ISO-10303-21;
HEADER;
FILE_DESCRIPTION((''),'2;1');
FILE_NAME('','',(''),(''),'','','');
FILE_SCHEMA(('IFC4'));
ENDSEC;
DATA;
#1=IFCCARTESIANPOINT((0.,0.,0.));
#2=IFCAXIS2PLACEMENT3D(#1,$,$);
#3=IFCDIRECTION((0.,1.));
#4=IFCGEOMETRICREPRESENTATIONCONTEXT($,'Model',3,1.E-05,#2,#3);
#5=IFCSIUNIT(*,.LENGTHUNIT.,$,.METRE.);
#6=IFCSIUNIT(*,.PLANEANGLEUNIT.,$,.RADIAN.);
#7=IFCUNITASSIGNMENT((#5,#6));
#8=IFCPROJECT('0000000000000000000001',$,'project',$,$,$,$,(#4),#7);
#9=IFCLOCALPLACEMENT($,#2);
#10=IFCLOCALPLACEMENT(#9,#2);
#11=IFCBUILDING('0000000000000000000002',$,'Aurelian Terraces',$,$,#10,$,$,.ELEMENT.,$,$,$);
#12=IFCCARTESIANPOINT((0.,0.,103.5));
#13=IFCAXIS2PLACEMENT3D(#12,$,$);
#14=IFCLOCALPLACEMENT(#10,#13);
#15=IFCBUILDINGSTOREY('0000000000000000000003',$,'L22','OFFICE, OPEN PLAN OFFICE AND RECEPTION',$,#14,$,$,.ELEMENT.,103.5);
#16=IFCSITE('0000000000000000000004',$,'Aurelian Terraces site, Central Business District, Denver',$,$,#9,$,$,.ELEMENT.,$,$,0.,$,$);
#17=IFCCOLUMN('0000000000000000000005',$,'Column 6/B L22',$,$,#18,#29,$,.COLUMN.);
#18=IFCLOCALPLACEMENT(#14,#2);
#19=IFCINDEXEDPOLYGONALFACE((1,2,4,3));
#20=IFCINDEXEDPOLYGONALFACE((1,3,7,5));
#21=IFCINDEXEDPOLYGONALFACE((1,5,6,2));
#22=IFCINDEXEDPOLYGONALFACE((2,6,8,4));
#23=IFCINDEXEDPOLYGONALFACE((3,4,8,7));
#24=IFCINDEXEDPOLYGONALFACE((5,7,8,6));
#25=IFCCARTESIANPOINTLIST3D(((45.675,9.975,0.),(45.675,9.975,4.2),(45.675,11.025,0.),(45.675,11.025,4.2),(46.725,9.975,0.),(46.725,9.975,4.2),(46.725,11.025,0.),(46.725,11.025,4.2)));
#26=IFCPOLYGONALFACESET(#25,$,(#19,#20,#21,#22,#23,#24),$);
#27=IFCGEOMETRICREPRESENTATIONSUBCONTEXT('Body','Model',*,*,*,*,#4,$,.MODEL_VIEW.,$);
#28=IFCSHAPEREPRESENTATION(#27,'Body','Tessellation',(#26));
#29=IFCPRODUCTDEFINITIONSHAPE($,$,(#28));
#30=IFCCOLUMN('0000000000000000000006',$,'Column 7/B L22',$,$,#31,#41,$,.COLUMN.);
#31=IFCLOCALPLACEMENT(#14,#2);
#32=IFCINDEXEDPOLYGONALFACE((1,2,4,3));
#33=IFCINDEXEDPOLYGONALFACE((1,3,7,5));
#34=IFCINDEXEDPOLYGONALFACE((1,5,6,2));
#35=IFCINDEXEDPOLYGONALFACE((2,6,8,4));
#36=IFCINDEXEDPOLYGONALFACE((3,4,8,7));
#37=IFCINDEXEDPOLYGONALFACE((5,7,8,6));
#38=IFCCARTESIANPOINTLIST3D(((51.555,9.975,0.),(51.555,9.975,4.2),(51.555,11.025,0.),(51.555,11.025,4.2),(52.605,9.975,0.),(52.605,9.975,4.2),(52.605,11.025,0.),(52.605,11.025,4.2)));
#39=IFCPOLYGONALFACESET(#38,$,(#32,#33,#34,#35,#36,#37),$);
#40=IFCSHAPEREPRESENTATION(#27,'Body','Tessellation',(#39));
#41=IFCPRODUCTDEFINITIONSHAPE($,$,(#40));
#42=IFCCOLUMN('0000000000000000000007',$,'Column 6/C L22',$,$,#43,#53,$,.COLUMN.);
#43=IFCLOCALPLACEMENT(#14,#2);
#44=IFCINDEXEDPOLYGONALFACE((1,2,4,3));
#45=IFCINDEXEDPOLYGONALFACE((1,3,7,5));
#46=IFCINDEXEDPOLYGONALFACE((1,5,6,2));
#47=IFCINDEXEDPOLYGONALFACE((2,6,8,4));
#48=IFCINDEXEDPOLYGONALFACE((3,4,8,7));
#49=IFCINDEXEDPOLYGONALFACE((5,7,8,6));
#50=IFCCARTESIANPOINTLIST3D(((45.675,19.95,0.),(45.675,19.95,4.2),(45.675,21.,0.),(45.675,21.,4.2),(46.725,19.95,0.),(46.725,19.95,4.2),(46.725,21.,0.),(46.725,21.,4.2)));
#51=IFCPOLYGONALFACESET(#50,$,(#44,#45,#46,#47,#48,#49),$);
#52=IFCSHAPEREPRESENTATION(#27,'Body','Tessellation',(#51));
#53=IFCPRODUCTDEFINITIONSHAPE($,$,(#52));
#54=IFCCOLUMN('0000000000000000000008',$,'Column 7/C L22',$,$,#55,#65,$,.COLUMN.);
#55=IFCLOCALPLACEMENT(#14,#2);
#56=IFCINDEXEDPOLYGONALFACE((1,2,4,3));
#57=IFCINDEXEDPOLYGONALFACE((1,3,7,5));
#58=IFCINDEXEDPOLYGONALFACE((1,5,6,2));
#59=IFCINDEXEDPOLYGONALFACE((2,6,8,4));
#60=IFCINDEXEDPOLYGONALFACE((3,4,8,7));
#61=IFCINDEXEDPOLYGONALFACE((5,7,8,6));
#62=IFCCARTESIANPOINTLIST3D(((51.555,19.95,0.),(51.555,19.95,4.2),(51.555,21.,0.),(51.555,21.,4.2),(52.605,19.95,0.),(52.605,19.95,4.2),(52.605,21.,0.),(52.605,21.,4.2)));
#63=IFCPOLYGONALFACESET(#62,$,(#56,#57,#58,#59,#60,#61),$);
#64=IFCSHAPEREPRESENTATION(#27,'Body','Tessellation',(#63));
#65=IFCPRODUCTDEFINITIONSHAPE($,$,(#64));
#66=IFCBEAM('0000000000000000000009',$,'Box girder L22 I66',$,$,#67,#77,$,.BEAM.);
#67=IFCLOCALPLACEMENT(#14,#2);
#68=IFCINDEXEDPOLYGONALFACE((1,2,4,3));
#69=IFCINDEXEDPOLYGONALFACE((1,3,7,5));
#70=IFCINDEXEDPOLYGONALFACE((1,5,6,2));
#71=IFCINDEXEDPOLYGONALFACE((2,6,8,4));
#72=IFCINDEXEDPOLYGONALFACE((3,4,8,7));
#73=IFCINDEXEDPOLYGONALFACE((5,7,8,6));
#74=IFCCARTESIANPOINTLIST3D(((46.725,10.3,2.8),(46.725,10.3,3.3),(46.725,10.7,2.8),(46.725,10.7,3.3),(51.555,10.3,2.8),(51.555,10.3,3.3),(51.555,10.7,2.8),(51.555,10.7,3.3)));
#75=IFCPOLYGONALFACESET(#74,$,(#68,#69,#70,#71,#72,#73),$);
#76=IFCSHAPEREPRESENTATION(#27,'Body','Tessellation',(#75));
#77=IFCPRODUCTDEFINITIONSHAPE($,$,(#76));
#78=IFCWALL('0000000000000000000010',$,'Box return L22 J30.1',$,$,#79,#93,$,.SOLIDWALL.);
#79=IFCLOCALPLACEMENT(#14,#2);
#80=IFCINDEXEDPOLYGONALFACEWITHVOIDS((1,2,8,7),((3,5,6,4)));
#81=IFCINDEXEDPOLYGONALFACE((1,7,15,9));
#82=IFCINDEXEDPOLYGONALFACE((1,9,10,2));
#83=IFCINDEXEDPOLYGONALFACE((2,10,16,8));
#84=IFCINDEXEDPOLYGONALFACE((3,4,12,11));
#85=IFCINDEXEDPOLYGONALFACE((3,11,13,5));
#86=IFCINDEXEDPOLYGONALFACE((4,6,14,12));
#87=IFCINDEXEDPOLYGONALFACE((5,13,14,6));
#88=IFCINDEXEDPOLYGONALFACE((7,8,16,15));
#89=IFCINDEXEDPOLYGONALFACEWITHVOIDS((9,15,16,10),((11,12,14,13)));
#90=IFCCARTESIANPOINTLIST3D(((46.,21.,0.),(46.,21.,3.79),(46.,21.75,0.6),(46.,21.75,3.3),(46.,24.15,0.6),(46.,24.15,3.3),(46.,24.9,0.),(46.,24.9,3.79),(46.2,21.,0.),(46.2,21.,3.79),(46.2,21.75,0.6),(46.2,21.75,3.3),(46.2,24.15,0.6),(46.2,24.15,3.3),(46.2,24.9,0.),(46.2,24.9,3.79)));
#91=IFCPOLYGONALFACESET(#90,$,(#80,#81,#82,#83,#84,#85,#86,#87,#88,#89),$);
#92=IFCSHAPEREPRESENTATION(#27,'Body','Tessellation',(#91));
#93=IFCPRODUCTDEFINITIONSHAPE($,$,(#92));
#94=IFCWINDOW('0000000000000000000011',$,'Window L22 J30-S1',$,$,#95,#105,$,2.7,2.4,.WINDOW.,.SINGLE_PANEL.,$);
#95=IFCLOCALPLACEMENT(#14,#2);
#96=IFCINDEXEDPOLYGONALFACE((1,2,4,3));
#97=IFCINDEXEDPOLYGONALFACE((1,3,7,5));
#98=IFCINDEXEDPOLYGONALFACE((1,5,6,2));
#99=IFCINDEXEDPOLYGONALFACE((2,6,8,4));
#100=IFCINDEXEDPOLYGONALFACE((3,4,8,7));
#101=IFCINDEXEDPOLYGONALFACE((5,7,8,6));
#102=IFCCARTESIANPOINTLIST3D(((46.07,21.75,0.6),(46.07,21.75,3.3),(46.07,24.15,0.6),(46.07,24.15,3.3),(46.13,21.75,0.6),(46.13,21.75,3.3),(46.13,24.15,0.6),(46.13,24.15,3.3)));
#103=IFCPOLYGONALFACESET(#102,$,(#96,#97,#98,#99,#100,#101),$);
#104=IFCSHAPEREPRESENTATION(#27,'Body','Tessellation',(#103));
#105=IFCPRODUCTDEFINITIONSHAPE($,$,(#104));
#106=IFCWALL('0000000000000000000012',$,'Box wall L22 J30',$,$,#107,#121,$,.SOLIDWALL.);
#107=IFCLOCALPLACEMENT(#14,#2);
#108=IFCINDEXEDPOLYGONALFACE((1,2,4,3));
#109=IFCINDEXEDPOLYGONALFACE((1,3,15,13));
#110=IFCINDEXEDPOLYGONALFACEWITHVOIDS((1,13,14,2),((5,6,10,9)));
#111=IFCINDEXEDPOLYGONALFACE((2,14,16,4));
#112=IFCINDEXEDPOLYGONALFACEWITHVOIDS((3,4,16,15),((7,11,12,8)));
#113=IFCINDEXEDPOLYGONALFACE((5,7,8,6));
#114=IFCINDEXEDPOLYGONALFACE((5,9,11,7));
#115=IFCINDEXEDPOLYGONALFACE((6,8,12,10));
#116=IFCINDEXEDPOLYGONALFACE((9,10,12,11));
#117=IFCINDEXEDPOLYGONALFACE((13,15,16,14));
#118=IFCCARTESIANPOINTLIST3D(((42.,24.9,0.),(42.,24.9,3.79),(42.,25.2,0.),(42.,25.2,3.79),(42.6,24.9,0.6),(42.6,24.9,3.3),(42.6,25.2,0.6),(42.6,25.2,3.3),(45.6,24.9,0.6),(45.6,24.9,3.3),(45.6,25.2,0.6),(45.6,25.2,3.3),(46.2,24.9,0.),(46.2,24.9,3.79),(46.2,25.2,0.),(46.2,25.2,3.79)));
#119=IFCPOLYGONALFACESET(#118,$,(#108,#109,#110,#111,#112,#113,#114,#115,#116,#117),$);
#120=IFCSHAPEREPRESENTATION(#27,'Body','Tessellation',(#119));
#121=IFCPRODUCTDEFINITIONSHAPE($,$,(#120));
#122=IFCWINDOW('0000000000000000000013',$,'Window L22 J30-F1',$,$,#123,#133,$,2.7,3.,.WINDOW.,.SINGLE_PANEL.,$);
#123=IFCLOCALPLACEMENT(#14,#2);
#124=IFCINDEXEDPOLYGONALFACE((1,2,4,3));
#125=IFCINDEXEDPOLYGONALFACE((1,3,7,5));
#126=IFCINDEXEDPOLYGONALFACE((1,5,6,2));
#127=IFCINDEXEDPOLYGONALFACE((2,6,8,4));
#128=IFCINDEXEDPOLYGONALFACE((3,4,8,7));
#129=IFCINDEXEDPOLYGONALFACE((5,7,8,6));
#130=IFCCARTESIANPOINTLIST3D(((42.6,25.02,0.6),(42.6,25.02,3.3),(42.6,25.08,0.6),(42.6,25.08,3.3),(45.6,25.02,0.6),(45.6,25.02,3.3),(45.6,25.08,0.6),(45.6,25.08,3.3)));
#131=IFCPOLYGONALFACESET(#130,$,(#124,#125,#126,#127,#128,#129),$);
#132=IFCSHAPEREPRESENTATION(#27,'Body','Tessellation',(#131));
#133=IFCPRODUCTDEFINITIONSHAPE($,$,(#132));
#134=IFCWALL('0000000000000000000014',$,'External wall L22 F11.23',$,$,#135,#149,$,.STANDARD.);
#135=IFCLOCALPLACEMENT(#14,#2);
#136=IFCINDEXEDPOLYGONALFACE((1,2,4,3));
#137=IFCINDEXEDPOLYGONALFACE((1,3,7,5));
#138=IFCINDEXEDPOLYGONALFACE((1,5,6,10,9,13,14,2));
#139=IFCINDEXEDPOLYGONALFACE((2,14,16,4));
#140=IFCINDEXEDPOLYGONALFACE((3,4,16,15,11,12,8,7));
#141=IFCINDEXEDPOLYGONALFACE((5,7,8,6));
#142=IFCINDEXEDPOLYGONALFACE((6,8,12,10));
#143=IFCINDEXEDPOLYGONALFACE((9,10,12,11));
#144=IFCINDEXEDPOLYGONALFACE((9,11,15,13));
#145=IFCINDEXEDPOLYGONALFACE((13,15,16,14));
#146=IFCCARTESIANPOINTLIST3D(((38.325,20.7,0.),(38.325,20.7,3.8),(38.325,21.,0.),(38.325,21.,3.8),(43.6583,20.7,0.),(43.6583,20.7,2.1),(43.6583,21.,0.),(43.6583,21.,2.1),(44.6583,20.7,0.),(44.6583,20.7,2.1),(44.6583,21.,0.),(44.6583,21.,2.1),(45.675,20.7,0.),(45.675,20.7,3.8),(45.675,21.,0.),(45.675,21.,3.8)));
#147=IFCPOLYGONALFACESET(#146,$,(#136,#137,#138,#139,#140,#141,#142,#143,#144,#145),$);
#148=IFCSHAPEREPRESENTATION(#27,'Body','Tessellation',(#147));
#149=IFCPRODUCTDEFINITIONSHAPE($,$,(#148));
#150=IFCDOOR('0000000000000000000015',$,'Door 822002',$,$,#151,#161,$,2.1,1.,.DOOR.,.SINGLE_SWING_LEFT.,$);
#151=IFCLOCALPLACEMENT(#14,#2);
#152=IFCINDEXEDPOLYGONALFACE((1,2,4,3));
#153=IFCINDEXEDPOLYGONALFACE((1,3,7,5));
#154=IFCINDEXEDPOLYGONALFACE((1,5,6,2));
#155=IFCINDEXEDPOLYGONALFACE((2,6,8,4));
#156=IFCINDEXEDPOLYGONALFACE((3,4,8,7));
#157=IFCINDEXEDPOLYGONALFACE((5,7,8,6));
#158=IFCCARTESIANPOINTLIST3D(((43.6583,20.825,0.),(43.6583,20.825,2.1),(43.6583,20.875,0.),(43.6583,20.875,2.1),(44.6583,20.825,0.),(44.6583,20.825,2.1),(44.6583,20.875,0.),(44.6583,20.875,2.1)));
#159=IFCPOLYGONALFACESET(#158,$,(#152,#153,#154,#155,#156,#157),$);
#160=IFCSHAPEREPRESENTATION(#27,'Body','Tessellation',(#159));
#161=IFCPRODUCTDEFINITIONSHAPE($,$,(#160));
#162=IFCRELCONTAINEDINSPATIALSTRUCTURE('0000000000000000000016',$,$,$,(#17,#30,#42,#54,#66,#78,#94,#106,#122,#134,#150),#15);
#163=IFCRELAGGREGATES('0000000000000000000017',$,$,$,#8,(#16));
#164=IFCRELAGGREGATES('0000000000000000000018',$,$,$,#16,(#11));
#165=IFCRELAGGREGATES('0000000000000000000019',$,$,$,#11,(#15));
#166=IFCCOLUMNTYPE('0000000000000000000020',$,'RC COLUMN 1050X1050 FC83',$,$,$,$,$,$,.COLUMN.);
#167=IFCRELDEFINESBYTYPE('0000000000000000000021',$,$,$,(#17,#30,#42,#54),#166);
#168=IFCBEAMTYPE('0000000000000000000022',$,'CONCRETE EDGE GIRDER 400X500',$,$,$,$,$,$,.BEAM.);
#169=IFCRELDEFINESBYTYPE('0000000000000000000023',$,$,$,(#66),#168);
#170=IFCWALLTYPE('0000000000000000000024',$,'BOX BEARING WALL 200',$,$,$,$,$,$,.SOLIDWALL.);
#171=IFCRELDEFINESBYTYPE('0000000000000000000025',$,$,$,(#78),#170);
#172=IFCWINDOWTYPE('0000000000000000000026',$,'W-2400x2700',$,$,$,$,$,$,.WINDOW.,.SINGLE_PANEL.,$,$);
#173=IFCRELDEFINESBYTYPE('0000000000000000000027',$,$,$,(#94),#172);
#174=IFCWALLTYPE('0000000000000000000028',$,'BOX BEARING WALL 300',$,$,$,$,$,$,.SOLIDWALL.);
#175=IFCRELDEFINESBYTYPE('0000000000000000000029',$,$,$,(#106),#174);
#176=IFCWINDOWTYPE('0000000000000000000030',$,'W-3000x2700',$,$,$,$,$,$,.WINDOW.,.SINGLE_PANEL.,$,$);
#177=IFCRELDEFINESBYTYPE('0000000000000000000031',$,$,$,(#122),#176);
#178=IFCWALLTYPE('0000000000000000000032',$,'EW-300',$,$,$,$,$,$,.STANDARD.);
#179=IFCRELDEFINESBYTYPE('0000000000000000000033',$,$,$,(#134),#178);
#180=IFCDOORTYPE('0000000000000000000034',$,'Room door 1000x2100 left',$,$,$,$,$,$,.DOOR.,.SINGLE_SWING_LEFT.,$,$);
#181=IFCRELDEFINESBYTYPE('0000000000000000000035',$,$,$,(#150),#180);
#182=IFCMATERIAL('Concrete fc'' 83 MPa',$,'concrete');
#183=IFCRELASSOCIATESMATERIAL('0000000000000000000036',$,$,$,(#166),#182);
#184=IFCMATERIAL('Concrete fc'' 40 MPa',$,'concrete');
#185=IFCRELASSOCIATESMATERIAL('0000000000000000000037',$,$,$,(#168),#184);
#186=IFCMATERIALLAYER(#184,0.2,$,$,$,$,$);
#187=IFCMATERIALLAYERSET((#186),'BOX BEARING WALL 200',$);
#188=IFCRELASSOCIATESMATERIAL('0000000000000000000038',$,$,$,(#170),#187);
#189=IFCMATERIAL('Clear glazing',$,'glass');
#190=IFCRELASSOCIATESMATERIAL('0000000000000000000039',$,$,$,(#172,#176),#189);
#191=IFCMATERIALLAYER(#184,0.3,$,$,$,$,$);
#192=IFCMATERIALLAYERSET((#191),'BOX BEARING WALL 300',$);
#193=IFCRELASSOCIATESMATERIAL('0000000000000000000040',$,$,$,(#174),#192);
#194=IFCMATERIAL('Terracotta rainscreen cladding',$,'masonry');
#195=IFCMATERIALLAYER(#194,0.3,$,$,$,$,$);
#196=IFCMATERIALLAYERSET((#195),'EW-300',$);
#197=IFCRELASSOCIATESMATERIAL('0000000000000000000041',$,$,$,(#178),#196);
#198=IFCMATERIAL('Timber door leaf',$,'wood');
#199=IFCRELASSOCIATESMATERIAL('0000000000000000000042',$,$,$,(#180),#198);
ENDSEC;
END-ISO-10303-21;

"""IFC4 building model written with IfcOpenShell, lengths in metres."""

from ifc_helpers import new_model, si_unit, direction, frame, frame_2d, origin, origin_2d, place, context, subcontext, project, spatial, rectangle, extrude, source, transform, mapped, material, layer, layer_set, material_profile, profile_set, type_object, element, fill, save


model = new_model("IFC4")

# Units and contexts
model_context = context("Model", 3, precision=1e-05, world=origin(), true_north=direction((0.0, 1.0)))
body_context = subcontext(model_context, "Body", "Model", "MODEL_VIEW")
ifc_project = project(units=[si_unit("LENGTHUNIT", "METRE"), si_unit("PLANEANGLEUNIT", "RADIAN")], contexts=[model_context])

# Site, building, storey
site_placement = place(None, origin())
site = spatial("IfcSite", under=ifc_project, at=site_placement, Name="Aurelian Terraces site, Central Business District, Denver", CompositionType="ELEMENT", RefElevation=0.0)
building_placement = place(site_placement, origin())
building = spatial("IfcBuilding", under=site, at=building_placement, Name="Aurelian Terraces", CompositionType="ELEMENT")
storey_placement = place(building_placement, frame((0.0, 0.0, 103.5)))
storey = spatial("IfcBuildingStorey", under=building, at=storey_placement, Name="L22", Description="OFFICE, OPEN PLAN OFFICE AND RECEPTION", CompositionType="ELEMENT", Elevation=103.5)

# Columns
ifc_material_1 = material(Name="Concrete fc' 83 MPa", Category="concrete")
ifc_material_profile_1 = material_profile(ifc_material_1, rectangle(XDim=1.05, YDim=1.05, at=origin_2d()))
ifc_profile_set_1 = profile_set([ifc_material_profile_1], Name="Concrete fc' 83 MPa")
column_type = type_object("IfcColumnType", Name="RC COLUMN 1050X1050 FC83", PredefinedType="COLUMN", material=ifc_profile_set_1)
shared_shape_1 = source(origin(), body_context, "Body", "SweptSolid", [
    extrude(rectangle(XDim=1.05, YDim=1.05, at=origin_2d()), origin(), (0.0, 0.0, 1.0), 4.2),
])
for number, where, z_axis, x_axis, name in (
    (1, (46.2, 10.5, 0.0), (0.0, 0.0, 1.0), (1.0, 0.0, 0.0), "Column 6/B L22"),
    (2, (52.08, 10.5, 0.0), (0.0, 0.0, 1.0), (1.0, 0.0, 0.0), "Column 7/B L22"),
    (3, (46.2, 20.475, 0.0), (0.0, 0.0, 1.0), (1.0, 0.0, 0.0), "Column 6/C L22"),
    (4, (52.08, 20.475, 0.0), (0.0, 0.0, 1.0), (1.0, 0.0, 0.0), "Column 7/C L22"),
):
    element("IfcColumn", number, at=place(storey_placement, frame(where, z_axis=z_axis, x_axis=x_axis)), inside=storey, type_object=column_type, Name=name, PredefinedType="COLUMN", context=body_context, shape_type="MappedRepresentation", body=[
        mapped(shared_shape_1, transform((0.0, 0.0, 0.0), scale=1.0)),
    ])

# Beam
ifc_material_2 = material(Name="Concrete fc' 40 MPa", Category="concrete")
ifc_material_profile_2 = material_profile(ifc_material_2, rectangle(XDim=0.4, YDim=0.5, at=origin_2d()))
ifc_profile_set_2 = profile_set([ifc_material_profile_2], Name="Concrete fc' 40 MPa")
beam_type = type_object("IfcBeamType", Name="CONCRETE EDGE GIRDER 400X500", PredefinedType="BEAM", material=ifc_profile_set_2)
shared_shape_2 = source(origin(), body_context, "Body", "SweptSolid", [
    extrude(rectangle(XDim=0.4, YDim=0.5, at=origin_2d()), origin(), (0.0, 0.0, 1.0), 4.83),
])
beam_placement = place(storey_placement, frame((46.725, 10.5, 3.05), z_axis=(1.0, 0.0, 0.0), x_axis=(0.0, 1.0, 0.0)))
element("IfcBeam", 5, at=beam_placement, inside=storey, type_object=beam_type, Name="Box girder L22 I66", PredefinedType="BEAM", context=body_context, shape_type="MappedRepresentation", body=[
    mapped(shared_shape_2, transform((0.0, 0.0, 0.0), scale=1.0)),
])

# Walls, openings, windows
ifc_layer_1 = layer(ifc_material_2, 0.2)
ifc_layer_set_1 = layer_set([ifc_layer_1], Name="BOX BEARING WALL 200")
wall_type_1 = type_object("IfcWallType", Name="BOX BEARING WALL 200", PredefinedType="SOLIDWALL", material=ifc_layer_set_1)
shared_shape_3 = source(origin(), body_context, "Body", "SweptSolid", [
    extrude(rectangle(XDim=3.9, YDim=0.2, at=frame_2d((1.95, 0.0))), origin(), (0.0, 0.0, 1.0), 3.79),
])
wall_1_placement = place(storey_placement, frame((46.1, 21.0, 0.0), z_axis=(0.0, 0.0, 1.0), x_axis=(0.0, 1.0, 0.0)))
wall_1 = element("IfcWall", 6, at=wall_1_placement, inside=storey, type_object=wall_type_1, Name="Box return L22 J30.1", PredefinedType="SOLIDWALL", context=body_context, shape_type="MappedRepresentation", body=[
    mapped(shared_shape_3, transform((0.0, 0.0, 0.0), scale=1.0)),
])
shared_shape_4 = source(origin(), body_context, "Body", "SweptSolid", [
    extrude(rectangle(XDim=2.4, YDim=2.7, at=frame_2d((1.2, 1.35))), frame((0.0, 0.11, 0.0), z_axis=(0.0, -1.0, 0.0), x_axis=(1.0, 0.0, 0.0)), (0.0, 0.0, 1.0), 0.22),
])
opening_1_placement = place(wall_1_placement, frame((0.75, 0.0, 0.6)))
opening_1 = element("IfcOpeningElement", 7, at=opening_1_placement, cuts=wall_1, PredefinedType="OPENING", context=body_context, shape_type="MappedRepresentation", body=[
    mapped(shared_shape_4, transform((0.0, 0.0, 0.0), scale=1.0)),
])
ifc_material_3 = material(Name="Clear glazing", Category="glass")
window_type_1 = type_object("IfcWindowType", Name="W-2400x2700", PartitioningType="SINGLE_PANEL", PredefinedType="WINDOW", material=ifc_material_3)
shared_shape_5 = source(origin(), body_context, "Body", "SweptSolid", [
    extrude(rectangle(XDim=2.4, YDim=2.7, at=frame_2d((1.2, 1.35))), frame((0.0, 0.03, 0.0), z_axis=(0.0, -1.0, 0.0), x_axis=(1.0, 0.0, 0.0)), (0.0, 0.0, 1.0), 0.06),
])
window_1_placement = place(opening_1_placement, origin())
window_1 = element("IfcWindow", 8, at=window_1_placement, inside=storey, type_object=window_type_1, Name="Window L22 J30-S1", OverallHeight=2.7, OverallWidth=2.4, PartitioningType="SINGLE_PANEL", PredefinedType="WINDOW", context=body_context, shape_type="MappedRepresentation", body=[
    mapped(shared_shape_5, transform((0.0, 0.0, 0.0), scale=1.0)),
])
fill(opening_1, window_1)
ifc_layer_2 = layer(ifc_material_2, 0.3)
ifc_layer_set_2 = layer_set([ifc_layer_2], Name="BOX BEARING WALL 300")
wall_type_2 = type_object("IfcWallType", Name="BOX BEARING WALL 300", PredefinedType="SOLIDWALL", material=ifc_layer_set_2)
shared_shape_6 = source(origin(), body_context, "Body", "SweptSolid", [
    extrude(rectangle(XDim=4.2, YDim=0.3, at=frame_2d((2.1, 0.0))), origin(), (0.0, 0.0, 1.0), 3.79),
])
wall_2_placement = place(storey_placement, frame((46.2, 25.05, 0.0), z_axis=(0.0, 0.0, 1.0), x_axis=(-1.0, 0.0, 0.0)))
wall_2 = element("IfcWall", 9, at=wall_2_placement, inside=storey, type_object=wall_type_2, Name="Box wall L22 J30", PredefinedType="SOLIDWALL", context=body_context, shape_type="MappedRepresentation", body=[
    mapped(shared_shape_6, transform((0.0, 0.0, 0.0), scale=1.0)),
])
shared_shape_7 = source(origin(), body_context, "Body", "SweptSolid", [
    extrude(rectangle(XDim=3.0, YDim=2.7, at=frame_2d((1.5, 1.35))), frame((0.0, 0.16, 0.0), z_axis=(0.0, -1.0, 0.0), x_axis=(1.0, 0.0, 0.0)), (0.0, 0.0, 1.0), 0.32),
])
opening_2_placement = place(wall_2_placement, frame((0.6, 0.0, 0.6)))
opening_2 = element("IfcOpeningElement", 10, at=opening_2_placement, cuts=wall_2, PredefinedType="OPENING", context=body_context, shape_type="MappedRepresentation", body=[
    mapped(shared_shape_7, transform((0.0, 0.0, 0.0), scale=1.0)),
])
window_type_2 = type_object("IfcWindowType", Name="W-3000x2700", PartitioningType="SINGLE_PANEL", PredefinedType="WINDOW", material=ifc_material_3)
shared_shape_8 = source(origin(), body_context, "Body", "SweptSolid", [
    extrude(rectangle(XDim=3.0, YDim=2.7, at=frame_2d((1.5, 1.35))), frame((0.0, 0.03, 0.0), z_axis=(0.0, -1.0, 0.0), x_axis=(1.0, 0.0, 0.0)), (0.0, 0.0, 1.0), 0.06),
])
window_2_placement = place(opening_2_placement, origin())
window_2 = element("IfcWindow", 11, at=window_2_placement, inside=storey, type_object=window_type_2, Name="Window L22 J30-F1", OverallHeight=2.7, OverallWidth=3.0, PartitioningType="SINGLE_PANEL", PredefinedType="WINDOW", context=body_context, shape_type="MappedRepresentation", body=[
    mapped(shared_shape_8, transform((0.0, 0.0, 0.0), scale=1.0)),
])
fill(opening_2, window_2)

# Wall, opening, door
ifc_material_4 = material(Name="Terracotta rainscreen cladding", Category="masonry")
ifc_layer_3 = layer(ifc_material_4, 0.3)
ifc_layer_set_3 = layer_set([ifc_layer_3], Name="EW-300")
wall_type_3 = type_object("IfcWallType", Name="EW-300", PredefinedType="STANDARD", material=ifc_layer_set_3)
shared_shape_9 = source(origin(), body_context, "Body", "SweptSolid", [
    extrude(rectangle(XDim=7.35, YDim=0.3, at=frame_2d((3.675, 0.0))), origin(), (0.0, 0.0, 1.0), 3.8),
])
wall_3_placement = place(storey_placement, frame((45.675, 20.85, 0.0), z_axis=(0.0, 0.0, 1.0), x_axis=(-1.0, 0.0, 0.0)))
wall_3 = element("IfcWall", 12, at=wall_3_placement, inside=storey, type_object=wall_type_3, Name="External wall L22 F11.23", PredefinedType="STANDARD", context=body_context, shape_type="MappedRepresentation", body=[
    mapped(shared_shape_9, transform((0.0, 0.0, 0.0), scale=1.0)),
])
shared_shape_10 = source(origin(), body_context, "Body", "SweptSolid", [
    extrude(rectangle(XDim=1.0, YDim=2.1, at=frame_2d((0.5, 1.05))), frame((0.0, 0.16, 0.0), z_axis=(0.0, -1.0, 0.0), x_axis=(1.0, 0.0, 0.0)), (0.0, 0.0, 1.0), 0.32),
])
opening_3_placement = place(wall_3_placement, frame((1.0167, 0.0, 0.0)))
opening_3 = element("IfcOpeningElement", 13, at=opening_3_placement, cuts=wall_3, PredefinedType="OPENING", context=body_context, shape_type="MappedRepresentation", body=[
    mapped(shared_shape_10, transform((0.0, 0.0, 0.0), scale=1.0)),
])
ifc_material_5 = material(Name="Timber door leaf", Category="wood")
door_type_1 = type_object("IfcDoorType", Name="Room door 1000x2100 left", OperationType="SINGLE_SWING_LEFT", PredefinedType="DOOR", material=ifc_material_5)
shared_shape_11 = source(origin(), body_context, "Body", "SweptSolid", [
    extrude(rectangle(XDim=1.0, YDim=2.1, at=frame_2d((0.5, 1.05))), frame((0.0, 0.025, 0.0), z_axis=(0.0, -1.0, 0.0), x_axis=(1.0, 0.0, 0.0)), (0.0, 0.0, 1.0), 0.05),
])
door_1_placement = place(opening_3_placement, origin())
door_1 = element("IfcDoor", 14, at=door_1_placement, inside=storey, type_object=door_type_1, Name="Door 822002", OperationType="SINGLE_SWING_LEFT", OverallHeight=2.1, OverallWidth=1.0, PredefinedType="DOOR", context=body_context, shape_type="MappedRepresentation", body=[
    mapped(shared_shape_11, transform((0.0, 0.0, 0.0), scale=1.0)),
])
fill(opening_3, door_1)

save(model, "model.ifc")
